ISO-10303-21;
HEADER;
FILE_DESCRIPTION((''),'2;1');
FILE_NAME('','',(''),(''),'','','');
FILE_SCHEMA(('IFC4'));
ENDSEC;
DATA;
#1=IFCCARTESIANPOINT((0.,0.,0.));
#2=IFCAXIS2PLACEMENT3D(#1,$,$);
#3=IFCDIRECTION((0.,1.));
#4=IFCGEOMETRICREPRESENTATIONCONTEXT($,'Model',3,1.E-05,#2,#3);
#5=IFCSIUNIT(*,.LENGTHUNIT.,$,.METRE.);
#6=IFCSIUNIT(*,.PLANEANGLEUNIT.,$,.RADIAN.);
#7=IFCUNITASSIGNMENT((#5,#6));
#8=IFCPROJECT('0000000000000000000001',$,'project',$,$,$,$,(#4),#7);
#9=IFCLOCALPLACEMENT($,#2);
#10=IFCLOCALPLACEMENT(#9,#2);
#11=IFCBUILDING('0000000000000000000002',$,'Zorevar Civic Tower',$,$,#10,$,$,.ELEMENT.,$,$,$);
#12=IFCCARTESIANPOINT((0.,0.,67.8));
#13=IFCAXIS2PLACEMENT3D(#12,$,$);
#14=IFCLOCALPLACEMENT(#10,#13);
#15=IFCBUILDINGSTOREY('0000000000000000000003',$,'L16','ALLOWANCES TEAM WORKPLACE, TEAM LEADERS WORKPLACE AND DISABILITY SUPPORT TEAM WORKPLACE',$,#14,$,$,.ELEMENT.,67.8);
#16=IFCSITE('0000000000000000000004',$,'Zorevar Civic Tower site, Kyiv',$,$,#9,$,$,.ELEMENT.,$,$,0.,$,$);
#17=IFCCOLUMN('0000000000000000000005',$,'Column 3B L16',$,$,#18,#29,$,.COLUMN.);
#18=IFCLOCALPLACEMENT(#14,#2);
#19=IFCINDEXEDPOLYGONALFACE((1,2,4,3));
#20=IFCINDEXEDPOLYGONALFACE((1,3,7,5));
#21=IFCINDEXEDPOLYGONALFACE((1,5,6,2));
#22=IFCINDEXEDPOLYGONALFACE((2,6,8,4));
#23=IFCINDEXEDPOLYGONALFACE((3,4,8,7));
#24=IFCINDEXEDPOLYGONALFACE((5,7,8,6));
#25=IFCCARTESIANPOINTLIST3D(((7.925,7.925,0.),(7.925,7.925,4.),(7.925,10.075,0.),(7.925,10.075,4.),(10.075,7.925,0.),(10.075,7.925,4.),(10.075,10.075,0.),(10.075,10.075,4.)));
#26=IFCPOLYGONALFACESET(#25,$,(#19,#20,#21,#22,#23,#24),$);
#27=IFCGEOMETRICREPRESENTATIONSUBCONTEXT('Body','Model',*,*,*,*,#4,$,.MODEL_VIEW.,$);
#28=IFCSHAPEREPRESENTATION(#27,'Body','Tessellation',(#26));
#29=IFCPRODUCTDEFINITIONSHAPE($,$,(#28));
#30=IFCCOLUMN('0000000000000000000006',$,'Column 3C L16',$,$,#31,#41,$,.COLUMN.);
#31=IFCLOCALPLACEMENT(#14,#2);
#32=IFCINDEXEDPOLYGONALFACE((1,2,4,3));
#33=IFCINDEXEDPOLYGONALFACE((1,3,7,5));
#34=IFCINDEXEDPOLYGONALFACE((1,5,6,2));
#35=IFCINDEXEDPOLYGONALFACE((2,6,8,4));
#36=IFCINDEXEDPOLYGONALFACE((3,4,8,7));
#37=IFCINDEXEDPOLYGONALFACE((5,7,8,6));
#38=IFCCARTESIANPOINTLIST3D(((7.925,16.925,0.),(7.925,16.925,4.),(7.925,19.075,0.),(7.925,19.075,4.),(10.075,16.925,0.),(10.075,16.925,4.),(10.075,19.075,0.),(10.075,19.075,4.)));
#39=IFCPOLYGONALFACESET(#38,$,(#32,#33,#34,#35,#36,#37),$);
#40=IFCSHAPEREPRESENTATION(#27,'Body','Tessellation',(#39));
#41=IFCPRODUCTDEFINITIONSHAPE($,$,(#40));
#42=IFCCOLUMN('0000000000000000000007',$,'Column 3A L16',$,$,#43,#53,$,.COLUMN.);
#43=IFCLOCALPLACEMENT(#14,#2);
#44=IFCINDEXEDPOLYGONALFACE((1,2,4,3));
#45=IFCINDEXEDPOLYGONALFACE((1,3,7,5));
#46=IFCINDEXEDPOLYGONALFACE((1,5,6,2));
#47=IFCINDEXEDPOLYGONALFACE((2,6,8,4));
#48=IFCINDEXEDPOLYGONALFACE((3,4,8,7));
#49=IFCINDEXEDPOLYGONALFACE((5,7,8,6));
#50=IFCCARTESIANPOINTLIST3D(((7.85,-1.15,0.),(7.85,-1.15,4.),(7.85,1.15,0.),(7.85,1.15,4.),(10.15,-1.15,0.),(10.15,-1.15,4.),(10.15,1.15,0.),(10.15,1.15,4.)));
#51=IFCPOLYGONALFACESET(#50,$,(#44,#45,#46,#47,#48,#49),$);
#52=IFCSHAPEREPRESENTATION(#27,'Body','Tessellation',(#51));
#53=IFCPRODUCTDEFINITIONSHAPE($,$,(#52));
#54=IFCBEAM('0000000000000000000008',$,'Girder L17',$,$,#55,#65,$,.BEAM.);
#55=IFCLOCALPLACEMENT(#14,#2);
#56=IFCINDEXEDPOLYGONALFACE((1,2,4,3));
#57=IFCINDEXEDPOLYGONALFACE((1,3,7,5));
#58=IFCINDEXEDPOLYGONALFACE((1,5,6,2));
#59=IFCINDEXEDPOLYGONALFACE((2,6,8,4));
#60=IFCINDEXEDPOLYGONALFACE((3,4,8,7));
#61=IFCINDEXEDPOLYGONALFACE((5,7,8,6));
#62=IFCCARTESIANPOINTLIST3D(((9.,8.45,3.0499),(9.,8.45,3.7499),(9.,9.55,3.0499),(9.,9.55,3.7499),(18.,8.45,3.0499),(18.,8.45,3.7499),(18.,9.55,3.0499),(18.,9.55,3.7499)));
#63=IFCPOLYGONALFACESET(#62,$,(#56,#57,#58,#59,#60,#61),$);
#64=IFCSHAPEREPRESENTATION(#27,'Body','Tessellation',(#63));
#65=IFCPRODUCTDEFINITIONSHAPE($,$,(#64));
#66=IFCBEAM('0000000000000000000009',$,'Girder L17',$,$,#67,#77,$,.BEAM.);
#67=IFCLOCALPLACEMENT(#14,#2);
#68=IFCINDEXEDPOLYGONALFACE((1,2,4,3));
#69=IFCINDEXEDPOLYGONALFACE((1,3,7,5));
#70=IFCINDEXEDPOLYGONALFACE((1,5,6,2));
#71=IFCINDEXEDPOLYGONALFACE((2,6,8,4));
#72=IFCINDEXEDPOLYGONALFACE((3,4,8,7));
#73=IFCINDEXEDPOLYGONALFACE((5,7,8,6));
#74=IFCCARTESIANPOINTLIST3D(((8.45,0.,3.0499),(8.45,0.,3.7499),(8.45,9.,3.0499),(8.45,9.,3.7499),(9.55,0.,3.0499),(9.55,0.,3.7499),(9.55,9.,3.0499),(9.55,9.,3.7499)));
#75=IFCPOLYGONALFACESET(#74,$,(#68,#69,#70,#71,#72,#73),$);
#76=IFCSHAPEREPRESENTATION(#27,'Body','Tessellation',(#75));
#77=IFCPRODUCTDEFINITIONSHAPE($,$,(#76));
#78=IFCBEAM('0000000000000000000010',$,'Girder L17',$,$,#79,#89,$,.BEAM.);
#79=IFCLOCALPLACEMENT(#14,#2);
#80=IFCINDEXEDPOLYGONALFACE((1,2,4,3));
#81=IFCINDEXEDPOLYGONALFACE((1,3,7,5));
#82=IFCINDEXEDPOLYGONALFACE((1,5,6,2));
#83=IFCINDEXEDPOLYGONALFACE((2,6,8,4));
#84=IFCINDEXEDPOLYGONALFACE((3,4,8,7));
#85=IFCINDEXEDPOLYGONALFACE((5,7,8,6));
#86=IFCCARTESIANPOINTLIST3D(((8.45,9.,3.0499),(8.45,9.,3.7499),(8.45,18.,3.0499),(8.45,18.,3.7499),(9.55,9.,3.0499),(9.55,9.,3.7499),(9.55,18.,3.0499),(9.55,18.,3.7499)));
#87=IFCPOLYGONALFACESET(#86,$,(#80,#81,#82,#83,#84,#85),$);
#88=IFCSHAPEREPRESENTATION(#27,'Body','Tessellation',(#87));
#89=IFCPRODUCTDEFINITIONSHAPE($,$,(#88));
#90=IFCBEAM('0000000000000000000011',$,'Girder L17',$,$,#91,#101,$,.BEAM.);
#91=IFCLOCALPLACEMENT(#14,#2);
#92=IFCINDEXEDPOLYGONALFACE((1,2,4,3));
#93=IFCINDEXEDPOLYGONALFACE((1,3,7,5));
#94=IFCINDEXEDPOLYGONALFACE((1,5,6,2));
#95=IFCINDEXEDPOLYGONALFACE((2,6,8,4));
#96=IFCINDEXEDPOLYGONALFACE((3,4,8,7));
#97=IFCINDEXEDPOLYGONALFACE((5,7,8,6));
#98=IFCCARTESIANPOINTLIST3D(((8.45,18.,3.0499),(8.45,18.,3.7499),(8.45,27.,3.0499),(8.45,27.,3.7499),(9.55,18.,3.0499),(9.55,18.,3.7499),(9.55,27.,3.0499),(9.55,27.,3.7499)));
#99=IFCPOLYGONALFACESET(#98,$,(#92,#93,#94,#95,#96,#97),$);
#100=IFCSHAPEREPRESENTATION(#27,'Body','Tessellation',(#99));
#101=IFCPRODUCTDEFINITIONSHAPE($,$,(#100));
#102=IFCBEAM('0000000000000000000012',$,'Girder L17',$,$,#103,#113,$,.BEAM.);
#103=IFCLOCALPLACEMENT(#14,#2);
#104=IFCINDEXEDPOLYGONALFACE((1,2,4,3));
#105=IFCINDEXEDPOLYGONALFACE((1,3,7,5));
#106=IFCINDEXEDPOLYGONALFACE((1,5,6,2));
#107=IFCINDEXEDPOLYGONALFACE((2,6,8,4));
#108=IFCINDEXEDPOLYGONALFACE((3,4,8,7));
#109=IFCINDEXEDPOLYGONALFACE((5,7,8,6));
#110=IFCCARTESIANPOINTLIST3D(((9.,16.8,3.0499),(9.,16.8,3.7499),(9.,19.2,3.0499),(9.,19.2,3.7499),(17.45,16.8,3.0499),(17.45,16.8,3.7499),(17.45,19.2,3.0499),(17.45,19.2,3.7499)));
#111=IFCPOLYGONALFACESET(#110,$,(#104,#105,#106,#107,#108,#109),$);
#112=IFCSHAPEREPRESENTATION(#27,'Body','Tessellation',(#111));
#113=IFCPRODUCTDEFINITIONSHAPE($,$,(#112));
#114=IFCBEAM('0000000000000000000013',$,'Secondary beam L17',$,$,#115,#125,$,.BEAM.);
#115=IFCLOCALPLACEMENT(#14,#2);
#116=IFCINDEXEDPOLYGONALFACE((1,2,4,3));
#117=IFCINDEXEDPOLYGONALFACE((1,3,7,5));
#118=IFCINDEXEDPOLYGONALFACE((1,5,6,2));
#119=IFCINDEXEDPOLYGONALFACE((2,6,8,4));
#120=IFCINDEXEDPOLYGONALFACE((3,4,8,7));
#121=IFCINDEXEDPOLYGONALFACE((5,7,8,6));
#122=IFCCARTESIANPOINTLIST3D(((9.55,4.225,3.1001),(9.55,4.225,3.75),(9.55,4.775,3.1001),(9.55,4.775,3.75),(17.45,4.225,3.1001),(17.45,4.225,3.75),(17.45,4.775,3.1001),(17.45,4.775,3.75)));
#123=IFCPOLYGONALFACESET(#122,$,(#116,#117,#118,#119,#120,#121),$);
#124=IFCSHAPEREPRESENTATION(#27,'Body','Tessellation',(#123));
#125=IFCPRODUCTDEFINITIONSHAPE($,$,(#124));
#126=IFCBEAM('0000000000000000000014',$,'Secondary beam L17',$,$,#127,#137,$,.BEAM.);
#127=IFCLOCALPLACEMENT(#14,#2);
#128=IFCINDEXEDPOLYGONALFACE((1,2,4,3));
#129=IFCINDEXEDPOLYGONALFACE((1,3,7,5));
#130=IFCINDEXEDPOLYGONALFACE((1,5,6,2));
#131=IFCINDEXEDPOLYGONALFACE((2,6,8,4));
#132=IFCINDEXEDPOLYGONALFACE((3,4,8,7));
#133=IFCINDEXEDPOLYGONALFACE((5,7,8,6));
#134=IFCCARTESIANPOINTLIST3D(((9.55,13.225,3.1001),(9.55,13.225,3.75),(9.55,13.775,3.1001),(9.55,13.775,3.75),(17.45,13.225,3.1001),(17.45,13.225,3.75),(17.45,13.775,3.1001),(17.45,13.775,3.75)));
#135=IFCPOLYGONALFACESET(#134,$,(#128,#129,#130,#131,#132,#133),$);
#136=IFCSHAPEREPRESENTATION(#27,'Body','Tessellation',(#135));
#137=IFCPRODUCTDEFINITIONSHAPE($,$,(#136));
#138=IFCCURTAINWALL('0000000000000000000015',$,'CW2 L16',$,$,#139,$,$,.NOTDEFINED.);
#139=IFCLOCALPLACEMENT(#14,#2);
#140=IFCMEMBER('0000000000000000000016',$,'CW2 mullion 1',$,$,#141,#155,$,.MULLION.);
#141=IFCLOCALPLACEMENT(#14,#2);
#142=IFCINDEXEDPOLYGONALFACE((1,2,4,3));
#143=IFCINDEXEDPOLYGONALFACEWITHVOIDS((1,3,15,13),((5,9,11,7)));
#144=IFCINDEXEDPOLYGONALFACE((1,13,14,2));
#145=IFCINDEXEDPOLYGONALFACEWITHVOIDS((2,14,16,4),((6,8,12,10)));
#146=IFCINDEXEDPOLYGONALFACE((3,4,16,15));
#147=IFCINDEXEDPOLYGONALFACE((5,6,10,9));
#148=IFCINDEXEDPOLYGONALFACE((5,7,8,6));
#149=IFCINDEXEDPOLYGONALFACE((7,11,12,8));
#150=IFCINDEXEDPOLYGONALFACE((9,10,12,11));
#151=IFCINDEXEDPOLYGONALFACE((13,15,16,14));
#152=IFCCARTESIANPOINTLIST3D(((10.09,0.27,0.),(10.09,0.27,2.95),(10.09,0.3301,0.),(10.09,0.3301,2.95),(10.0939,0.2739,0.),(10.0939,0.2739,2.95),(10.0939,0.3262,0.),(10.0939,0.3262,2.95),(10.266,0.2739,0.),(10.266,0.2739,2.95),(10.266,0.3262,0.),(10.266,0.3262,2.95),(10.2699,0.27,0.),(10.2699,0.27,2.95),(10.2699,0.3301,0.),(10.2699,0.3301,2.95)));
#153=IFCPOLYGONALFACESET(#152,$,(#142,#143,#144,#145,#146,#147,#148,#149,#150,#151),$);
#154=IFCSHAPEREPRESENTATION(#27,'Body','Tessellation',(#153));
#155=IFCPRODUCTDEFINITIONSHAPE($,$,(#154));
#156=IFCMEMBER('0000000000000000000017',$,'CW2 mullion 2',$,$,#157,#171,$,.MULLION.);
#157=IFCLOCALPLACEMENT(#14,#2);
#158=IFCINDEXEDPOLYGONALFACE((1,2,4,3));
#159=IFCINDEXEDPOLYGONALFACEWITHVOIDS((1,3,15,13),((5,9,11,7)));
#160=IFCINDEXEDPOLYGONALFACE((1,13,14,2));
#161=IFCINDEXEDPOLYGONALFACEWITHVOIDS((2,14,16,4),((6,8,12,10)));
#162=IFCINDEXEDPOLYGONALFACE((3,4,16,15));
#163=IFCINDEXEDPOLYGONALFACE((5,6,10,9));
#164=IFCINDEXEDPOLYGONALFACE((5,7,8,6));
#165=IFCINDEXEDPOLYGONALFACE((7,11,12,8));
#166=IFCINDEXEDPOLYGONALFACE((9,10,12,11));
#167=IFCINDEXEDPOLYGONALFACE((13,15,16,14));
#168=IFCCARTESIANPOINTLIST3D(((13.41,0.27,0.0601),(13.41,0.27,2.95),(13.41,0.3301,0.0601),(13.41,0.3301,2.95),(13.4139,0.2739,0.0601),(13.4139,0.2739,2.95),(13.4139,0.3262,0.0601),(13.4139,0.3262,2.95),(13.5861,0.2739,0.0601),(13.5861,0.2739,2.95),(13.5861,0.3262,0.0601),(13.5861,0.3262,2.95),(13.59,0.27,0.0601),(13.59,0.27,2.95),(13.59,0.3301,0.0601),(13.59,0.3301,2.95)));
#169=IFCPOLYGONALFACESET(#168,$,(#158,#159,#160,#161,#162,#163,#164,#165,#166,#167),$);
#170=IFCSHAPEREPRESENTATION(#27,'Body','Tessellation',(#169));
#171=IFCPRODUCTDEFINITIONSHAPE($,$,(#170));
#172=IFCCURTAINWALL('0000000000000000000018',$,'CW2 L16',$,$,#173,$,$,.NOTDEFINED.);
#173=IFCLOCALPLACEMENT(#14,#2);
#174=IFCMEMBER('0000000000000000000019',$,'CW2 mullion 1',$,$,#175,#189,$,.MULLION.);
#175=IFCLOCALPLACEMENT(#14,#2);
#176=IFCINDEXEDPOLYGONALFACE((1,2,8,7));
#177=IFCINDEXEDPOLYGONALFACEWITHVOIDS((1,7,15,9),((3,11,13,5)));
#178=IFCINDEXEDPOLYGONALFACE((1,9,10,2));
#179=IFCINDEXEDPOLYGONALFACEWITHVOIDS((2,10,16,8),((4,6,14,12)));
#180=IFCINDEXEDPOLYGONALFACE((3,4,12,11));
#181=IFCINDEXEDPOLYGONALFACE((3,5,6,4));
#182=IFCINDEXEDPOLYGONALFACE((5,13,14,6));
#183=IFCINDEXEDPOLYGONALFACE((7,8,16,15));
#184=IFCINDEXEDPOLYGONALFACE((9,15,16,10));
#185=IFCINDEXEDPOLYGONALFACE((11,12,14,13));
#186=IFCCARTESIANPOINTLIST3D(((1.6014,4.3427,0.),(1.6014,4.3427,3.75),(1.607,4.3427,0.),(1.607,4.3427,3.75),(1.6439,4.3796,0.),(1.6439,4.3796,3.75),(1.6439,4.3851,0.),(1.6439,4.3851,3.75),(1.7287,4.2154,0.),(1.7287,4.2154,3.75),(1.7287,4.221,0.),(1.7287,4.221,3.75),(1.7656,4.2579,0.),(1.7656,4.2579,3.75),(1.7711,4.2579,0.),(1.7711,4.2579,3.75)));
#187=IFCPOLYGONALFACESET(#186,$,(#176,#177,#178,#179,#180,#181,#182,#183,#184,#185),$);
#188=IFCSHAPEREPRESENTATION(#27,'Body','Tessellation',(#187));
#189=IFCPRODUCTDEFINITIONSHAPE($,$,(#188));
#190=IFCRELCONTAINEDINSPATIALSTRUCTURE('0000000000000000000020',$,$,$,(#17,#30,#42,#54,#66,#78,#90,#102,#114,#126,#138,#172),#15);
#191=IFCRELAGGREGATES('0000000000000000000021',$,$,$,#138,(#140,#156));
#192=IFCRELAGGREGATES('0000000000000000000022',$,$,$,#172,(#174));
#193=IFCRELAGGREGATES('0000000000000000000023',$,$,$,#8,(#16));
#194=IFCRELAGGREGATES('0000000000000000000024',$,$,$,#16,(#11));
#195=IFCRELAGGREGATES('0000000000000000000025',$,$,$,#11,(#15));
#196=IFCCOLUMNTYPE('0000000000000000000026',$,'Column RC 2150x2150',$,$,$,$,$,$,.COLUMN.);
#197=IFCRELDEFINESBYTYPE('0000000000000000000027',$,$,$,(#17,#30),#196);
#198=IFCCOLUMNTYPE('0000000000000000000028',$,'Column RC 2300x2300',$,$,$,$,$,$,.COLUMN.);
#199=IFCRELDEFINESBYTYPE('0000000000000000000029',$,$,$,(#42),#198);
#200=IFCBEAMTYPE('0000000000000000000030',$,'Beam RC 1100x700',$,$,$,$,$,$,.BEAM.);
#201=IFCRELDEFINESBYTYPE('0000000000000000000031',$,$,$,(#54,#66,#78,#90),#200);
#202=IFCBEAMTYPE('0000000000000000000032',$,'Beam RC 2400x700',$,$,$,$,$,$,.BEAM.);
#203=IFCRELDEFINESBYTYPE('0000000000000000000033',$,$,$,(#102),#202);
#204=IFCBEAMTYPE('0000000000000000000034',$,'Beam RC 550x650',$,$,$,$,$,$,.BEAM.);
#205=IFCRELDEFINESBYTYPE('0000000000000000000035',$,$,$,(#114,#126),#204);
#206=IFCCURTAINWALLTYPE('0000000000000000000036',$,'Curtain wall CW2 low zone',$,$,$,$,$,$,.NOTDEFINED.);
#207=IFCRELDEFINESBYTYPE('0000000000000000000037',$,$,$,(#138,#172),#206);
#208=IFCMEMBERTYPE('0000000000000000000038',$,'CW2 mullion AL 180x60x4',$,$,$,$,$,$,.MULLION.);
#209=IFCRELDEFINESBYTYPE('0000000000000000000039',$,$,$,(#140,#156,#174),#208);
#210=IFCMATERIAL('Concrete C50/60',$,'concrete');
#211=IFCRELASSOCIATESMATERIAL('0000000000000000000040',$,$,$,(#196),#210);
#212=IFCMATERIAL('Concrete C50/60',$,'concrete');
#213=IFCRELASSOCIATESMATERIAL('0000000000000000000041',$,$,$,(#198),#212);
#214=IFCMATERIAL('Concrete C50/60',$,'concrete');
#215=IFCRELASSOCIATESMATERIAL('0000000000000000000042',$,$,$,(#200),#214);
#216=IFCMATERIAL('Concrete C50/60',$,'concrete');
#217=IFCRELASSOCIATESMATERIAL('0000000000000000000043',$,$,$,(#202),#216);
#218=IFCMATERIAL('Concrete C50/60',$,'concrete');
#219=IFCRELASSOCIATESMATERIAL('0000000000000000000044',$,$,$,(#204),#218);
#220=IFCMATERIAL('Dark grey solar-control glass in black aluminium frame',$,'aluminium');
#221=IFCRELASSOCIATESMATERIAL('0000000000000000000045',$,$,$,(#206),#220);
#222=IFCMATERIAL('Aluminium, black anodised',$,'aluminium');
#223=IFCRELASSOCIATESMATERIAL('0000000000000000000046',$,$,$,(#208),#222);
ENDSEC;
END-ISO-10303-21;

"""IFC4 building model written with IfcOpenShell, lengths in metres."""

from ifc_helpers import new_model, si_unit, direction, frame, origin, origin_2d, place, context, subcontext, project, spatial, rectangle, hollow_rectangle, extrude, material, material_profile, profile_set, type_object, element, aggregate, save


model = new_model("IFC4")

# Units and contexts
model_context = context("Model", 3, precision=1e-05, world=origin(), true_north=direction((0.0, 1.0)))
body_context = subcontext(model_context, "Body", "Model", "MODEL_VIEW")
ifc_project = project(units=[si_unit("LENGTHUNIT", "METRE"), si_unit("PLANEANGLEUNIT", "RADIAN")], contexts=[model_context])

# Site, building, storey
site_placement = place(None, origin())
site = spatial("IfcSite", under=ifc_project, at=site_placement, Name="Zorevar Civic Tower site, Kyiv", CompositionType="ELEMENT", RefElevation=0.0)
building_placement = place(site_placement, origin())
building = spatial("IfcBuilding", under=site, at=building_placement, Name="Zorevar Civic Tower", CompositionType="ELEMENT")
storey_placement = place(building_placement, frame((0.0, 0.0, 67.8)))
storey = spatial("IfcBuildingStorey", under=building, at=storey_placement, Name="L16", Description="ALLOWANCES TEAM WORKPLACE, TEAM LEADERS WORKPLACE AND DISABILITY SUPPORT TEAM WORKPLACE", CompositionType="ELEMENT", Elevation=67.8)

# Columns
ifc_material_1 = material(Name="Concrete C50/60", Category="concrete")
ifc_material_profile_1 = material_profile(ifc_material_1, rectangle(XDim=2.1499, YDim=2.1499, at=origin_2d()), Name="RC 2150x2150")
ifc_profile_set_1 = profile_set([ifc_material_profile_1], Name="Concrete C50/60")
column_type_1 = type_object("IfcColumnType", Name="Column RC 2150x2150", PredefinedType="COLUMN", material=ifc_profile_set_1)
for number, where, z_axis, x_axis, name in (
    (1, (9.0, 9.0, 0.0), (0.0, 0.0, 1.0), (1.0, 0.0, 0.0), "Column 3B L16"),
    (2, (9.0, 18.0, 0.0), (0.0, 0.0, 1.0), (1.0, 0.0, 0.0), "Column 3C L16"),
):
    element("IfcColumn", number, at=place(storey_placement, frame(where, z_axis=z_axis, x_axis=x_axis)), inside=storey, type_object=column_type_1, Name=name, PredefinedType="COLUMN", context=body_context, shape_type="SweptSolid", body=[
        extrude(rectangle(XDim=2.1499, YDim=2.1499, at=origin_2d()), origin(), (0.0, 0.0, 1.0), 4.0),
    ])
ifc_material_2 = material(Name="Concrete C50/60", Category="concrete")
ifc_material_profile_2 = material_profile(ifc_material_2, rectangle(XDim=2.3, YDim=2.3, at=origin_2d()), Name="RC 2300x2300")
ifc_profile_set_2 = profile_set([ifc_material_profile_2], Name="Concrete C50/60")
column_type_2 = type_object("IfcColumnType", Name="Column RC 2300x2300", PredefinedType="COLUMN", material=ifc_profile_set_2)
column_placement = place(storey_placement, frame((9.0, 0.0, 0.0), z_axis=(0.0, 0.0, 1.0), x_axis=(1.0, 0.0, 0.0)))
element("IfcColumn", 3, at=column_placement, inside=storey, type_object=column_type_2, Name="Column 3A L16", PredefinedType="COLUMN", context=body_context, shape_type="SweptSolid", body=[
    extrude(rectangle(XDim=2.3, YDim=2.3, at=origin_2d()), origin(), (0.0, 0.0, 1.0), 4.0),
])

# Beams
ifc_material_3 = material(Name="Concrete C50/60", Category="concrete")
ifc_material_profile_3 = material_profile(ifc_material_3, rectangle(XDim=1.1001, YDim=0.7, at=origin_2d()), Name="RC 1100x700")
ifc_profile_set_3 = profile_set([ifc_material_profile_3], Name="Concrete C50/60")
beam_type_1 = type_object("IfcBeamType", Name="Beam RC 1100x700", PredefinedType="BEAM", material=ifc_profile_set_3)
for number, where, z_axis, x_axis, name in (
    (4, (9.0, 9.0, 3.3999), (1.0, 0.0, 0.0), (0.0, 1.0, 0.0), "Girder L17"),
    (5, (9.0, 0.0, 3.3999), (0.0, 1.0, 0.0), (-1.0, 0.0, 0.0), "Girder L17"),
    (6, (9.0, 9.0, 3.3999), (0.0, 1.0, 0.0), (-1.0, 0.0, 0.0), "Girder L17"),
    (7, (9.0, 18.0, 3.3999), (0.0, 1.0, 0.0), (-1.0, 0.0, 0.0), "Girder L17"),
):
    element("IfcBeam", number, at=place(storey_placement, frame(where, z_axis=z_axis, x_axis=x_axis)), inside=storey, type_object=beam_type_1, Name=name, PredefinedType="BEAM", context=body_context, shape_type="SweptSolid", body=[
        extrude(rectangle(XDim=1.1001, YDim=0.7, at=origin_2d()), origin(), (0.0, 0.0, 1.0), 9.0),
    ])
ifc_material_4 = material(Name="Concrete C50/60", Category="concrete")
ifc_material_profile_4 = material_profile(ifc_material_4, rectangle(XDim=2.3999, YDim=0.7, at=origin_2d()), Name="RC 2400x700")
ifc_profile_set_4 = profile_set([ifc_material_profile_4], Name="Concrete C50/60")
beam_type_2 = type_object("IfcBeamType", Name="Beam RC 2400x700", PredefinedType="BEAM", material=ifc_profile_set_4)
beam_1_placement = place(storey_placement, frame((9.0, 18.0, 3.3999), z_axis=(1.0, 0.0, 0.0), x_axis=(0.0, 1.0, 0.0)))
element("IfcBeam", 8, at=beam_1_placement, inside=storey, type_object=beam_type_2, Name="Girder L17", PredefinedType="BEAM", context=body_context, shape_type="SweptSolid", body=[
    extrude(rectangle(XDim=2.3999, YDim=0.7, at=origin_2d()), origin(), (0.0, 0.0, 1.0), 8.45),
])
ifc_material_5 = material(Name="Concrete C50/60", Category="concrete")
ifc_material_profile_5 = material_profile(ifc_material_5, rectangle(XDim=0.55, YDim=0.6499, at=origin_2d()), Name="RC 550x650")
ifc_profile_set_5 = profile_set([ifc_material_profile_5], Name="Concrete C50/60")
beam_type_3 = type_object("IfcBeamType", Name="Beam RC 550x650", PredefinedType="BEAM", material=ifc_profile_set_5)
for number, where, z_axis, x_axis, name in (
    (9, (9.55, 4.5, 3.425), (1.0, 0.0, 0.0), (0.0, 1.0, 0.0), "Secondary beam L17"),
    (10, (9.55, 13.5, 3.425), (1.0, 0.0, 0.0), (0.0, 1.0, 0.0), "Secondary beam L17"),
):
    element("IfcBeam", number, at=place(storey_placement, frame(where, z_axis=z_axis, x_axis=x_axis)), inside=storey, type_object=beam_type_3, Name=name, PredefinedType="BEAM", context=body_context, shape_type="SweptSolid", body=[
        extrude(rectangle(XDim=0.55, YDim=0.6499, at=origin_2d()), origin(), (0.0, 0.0, 1.0), 7.8999),
    ])

# Curtain walls, members
ifc_material_6 = material(Name="Dark grey solar-control glass in black aluminium frame", Category="aluminium")
curtain_wall_type = type_object("IfcCurtainWallType", Name="Curtain wall CW2 low zone", PredefinedType="NOTDEFINED", material=ifc_material_6)
curtain_wall_1_placement = place(storey_placement, origin())
curtain_wall_1 = element("IfcCurtainWall", 11, at=curtain_wall_1_placement, inside=storey, type_object=curtain_wall_type, Name="CW2 L16", PredefinedType="NOTDEFINED")
ifc_material_7 = material(Name="Aluminium, black anodised", Category="aluminium")
ifc_material_profile_6 = material_profile(ifc_material_7, hollow_rectangle(XDim=0.0601, YDim=0.1799, WallThickness=0.0039, at=origin_2d()), Name="AL 180x60x4")
ifc_profile_set_6 = profile_set([ifc_material_profile_6], Name="Aluminium, black anodised")
member_type_1 = type_object("IfcMemberType", Name="CW2 mullion AL 180x60x4", PredefinedType="MULLION", material=ifc_profile_set_6)
member_1_placement = place(storey_placement, frame((10.1799, 0.3, 0.0), z_axis=(0.0, 0.0, 1.0), x_axis=(0.0, 1.0, 0.0)))
member_1 = element("IfcMember", 12, at=member_1_placement, type_object=member_type_1, Name="CW2 mullion 1", PredefinedType="MULLION", context=body_context, shape_type="SweptSolid", body=[
    extrude(hollow_rectangle(XDim=0.0601, YDim=0.1799, WallThickness=0.0039, at=origin_2d()), origin(), (0.0, 0.0, 1.0), 2.95),
])
member_2_placement = place(storey_placement, frame((13.5, 0.3, 0.0601), z_axis=(0.0, 0.0, 1.0), x_axis=(0.0, 1.0, 0.0)))
member_2 = element("IfcMember", 13, at=member_2_placement, type_object=member_type_1, Name="CW2 mullion 2", PredefinedType="MULLION", context=body_context, shape_type="SweptSolid", body=[
    extrude(hollow_rectangle(XDim=0.0601, YDim=0.1799, WallThickness=0.0039, at=origin_2d()), origin(), (0.0, 0.0, 1.0), 2.8899),
])
curtain_wall_2_placement = place(storey_placement, origin())
curtain_wall_2 = element("IfcCurtainWall", 14, at=curtain_wall_2_placement, inside=storey, type_object=curtain_wall_type, Name="CW2 L16", PredefinedType="NOTDEFINED")
member_3_placement = place(storey_placement, frame((1.6863, 4.3003, 0.0), z_axis=(0.0, 0.0, 1.0), x_axis=(0.707107, 0.707107, 0.0)))
member_3 = element("IfcMember", 15, at=member_3_placement, type_object=member_type_1, Name="CW2 mullion 1", PredefinedType="MULLION", context=body_context, shape_type="SweptSolid", body=[
    extrude(hollow_rectangle(XDim=0.0601, YDim=0.1799, WallThickness=0.0039, at=origin_2d()), origin(), (0.0, 0.0, 1.0), 3.75),
])

aggregate(curtain_wall_1, [member_1, member_2])
aggregate(curtain_wall_2, [member_3])

save(model, "model.ifc")
